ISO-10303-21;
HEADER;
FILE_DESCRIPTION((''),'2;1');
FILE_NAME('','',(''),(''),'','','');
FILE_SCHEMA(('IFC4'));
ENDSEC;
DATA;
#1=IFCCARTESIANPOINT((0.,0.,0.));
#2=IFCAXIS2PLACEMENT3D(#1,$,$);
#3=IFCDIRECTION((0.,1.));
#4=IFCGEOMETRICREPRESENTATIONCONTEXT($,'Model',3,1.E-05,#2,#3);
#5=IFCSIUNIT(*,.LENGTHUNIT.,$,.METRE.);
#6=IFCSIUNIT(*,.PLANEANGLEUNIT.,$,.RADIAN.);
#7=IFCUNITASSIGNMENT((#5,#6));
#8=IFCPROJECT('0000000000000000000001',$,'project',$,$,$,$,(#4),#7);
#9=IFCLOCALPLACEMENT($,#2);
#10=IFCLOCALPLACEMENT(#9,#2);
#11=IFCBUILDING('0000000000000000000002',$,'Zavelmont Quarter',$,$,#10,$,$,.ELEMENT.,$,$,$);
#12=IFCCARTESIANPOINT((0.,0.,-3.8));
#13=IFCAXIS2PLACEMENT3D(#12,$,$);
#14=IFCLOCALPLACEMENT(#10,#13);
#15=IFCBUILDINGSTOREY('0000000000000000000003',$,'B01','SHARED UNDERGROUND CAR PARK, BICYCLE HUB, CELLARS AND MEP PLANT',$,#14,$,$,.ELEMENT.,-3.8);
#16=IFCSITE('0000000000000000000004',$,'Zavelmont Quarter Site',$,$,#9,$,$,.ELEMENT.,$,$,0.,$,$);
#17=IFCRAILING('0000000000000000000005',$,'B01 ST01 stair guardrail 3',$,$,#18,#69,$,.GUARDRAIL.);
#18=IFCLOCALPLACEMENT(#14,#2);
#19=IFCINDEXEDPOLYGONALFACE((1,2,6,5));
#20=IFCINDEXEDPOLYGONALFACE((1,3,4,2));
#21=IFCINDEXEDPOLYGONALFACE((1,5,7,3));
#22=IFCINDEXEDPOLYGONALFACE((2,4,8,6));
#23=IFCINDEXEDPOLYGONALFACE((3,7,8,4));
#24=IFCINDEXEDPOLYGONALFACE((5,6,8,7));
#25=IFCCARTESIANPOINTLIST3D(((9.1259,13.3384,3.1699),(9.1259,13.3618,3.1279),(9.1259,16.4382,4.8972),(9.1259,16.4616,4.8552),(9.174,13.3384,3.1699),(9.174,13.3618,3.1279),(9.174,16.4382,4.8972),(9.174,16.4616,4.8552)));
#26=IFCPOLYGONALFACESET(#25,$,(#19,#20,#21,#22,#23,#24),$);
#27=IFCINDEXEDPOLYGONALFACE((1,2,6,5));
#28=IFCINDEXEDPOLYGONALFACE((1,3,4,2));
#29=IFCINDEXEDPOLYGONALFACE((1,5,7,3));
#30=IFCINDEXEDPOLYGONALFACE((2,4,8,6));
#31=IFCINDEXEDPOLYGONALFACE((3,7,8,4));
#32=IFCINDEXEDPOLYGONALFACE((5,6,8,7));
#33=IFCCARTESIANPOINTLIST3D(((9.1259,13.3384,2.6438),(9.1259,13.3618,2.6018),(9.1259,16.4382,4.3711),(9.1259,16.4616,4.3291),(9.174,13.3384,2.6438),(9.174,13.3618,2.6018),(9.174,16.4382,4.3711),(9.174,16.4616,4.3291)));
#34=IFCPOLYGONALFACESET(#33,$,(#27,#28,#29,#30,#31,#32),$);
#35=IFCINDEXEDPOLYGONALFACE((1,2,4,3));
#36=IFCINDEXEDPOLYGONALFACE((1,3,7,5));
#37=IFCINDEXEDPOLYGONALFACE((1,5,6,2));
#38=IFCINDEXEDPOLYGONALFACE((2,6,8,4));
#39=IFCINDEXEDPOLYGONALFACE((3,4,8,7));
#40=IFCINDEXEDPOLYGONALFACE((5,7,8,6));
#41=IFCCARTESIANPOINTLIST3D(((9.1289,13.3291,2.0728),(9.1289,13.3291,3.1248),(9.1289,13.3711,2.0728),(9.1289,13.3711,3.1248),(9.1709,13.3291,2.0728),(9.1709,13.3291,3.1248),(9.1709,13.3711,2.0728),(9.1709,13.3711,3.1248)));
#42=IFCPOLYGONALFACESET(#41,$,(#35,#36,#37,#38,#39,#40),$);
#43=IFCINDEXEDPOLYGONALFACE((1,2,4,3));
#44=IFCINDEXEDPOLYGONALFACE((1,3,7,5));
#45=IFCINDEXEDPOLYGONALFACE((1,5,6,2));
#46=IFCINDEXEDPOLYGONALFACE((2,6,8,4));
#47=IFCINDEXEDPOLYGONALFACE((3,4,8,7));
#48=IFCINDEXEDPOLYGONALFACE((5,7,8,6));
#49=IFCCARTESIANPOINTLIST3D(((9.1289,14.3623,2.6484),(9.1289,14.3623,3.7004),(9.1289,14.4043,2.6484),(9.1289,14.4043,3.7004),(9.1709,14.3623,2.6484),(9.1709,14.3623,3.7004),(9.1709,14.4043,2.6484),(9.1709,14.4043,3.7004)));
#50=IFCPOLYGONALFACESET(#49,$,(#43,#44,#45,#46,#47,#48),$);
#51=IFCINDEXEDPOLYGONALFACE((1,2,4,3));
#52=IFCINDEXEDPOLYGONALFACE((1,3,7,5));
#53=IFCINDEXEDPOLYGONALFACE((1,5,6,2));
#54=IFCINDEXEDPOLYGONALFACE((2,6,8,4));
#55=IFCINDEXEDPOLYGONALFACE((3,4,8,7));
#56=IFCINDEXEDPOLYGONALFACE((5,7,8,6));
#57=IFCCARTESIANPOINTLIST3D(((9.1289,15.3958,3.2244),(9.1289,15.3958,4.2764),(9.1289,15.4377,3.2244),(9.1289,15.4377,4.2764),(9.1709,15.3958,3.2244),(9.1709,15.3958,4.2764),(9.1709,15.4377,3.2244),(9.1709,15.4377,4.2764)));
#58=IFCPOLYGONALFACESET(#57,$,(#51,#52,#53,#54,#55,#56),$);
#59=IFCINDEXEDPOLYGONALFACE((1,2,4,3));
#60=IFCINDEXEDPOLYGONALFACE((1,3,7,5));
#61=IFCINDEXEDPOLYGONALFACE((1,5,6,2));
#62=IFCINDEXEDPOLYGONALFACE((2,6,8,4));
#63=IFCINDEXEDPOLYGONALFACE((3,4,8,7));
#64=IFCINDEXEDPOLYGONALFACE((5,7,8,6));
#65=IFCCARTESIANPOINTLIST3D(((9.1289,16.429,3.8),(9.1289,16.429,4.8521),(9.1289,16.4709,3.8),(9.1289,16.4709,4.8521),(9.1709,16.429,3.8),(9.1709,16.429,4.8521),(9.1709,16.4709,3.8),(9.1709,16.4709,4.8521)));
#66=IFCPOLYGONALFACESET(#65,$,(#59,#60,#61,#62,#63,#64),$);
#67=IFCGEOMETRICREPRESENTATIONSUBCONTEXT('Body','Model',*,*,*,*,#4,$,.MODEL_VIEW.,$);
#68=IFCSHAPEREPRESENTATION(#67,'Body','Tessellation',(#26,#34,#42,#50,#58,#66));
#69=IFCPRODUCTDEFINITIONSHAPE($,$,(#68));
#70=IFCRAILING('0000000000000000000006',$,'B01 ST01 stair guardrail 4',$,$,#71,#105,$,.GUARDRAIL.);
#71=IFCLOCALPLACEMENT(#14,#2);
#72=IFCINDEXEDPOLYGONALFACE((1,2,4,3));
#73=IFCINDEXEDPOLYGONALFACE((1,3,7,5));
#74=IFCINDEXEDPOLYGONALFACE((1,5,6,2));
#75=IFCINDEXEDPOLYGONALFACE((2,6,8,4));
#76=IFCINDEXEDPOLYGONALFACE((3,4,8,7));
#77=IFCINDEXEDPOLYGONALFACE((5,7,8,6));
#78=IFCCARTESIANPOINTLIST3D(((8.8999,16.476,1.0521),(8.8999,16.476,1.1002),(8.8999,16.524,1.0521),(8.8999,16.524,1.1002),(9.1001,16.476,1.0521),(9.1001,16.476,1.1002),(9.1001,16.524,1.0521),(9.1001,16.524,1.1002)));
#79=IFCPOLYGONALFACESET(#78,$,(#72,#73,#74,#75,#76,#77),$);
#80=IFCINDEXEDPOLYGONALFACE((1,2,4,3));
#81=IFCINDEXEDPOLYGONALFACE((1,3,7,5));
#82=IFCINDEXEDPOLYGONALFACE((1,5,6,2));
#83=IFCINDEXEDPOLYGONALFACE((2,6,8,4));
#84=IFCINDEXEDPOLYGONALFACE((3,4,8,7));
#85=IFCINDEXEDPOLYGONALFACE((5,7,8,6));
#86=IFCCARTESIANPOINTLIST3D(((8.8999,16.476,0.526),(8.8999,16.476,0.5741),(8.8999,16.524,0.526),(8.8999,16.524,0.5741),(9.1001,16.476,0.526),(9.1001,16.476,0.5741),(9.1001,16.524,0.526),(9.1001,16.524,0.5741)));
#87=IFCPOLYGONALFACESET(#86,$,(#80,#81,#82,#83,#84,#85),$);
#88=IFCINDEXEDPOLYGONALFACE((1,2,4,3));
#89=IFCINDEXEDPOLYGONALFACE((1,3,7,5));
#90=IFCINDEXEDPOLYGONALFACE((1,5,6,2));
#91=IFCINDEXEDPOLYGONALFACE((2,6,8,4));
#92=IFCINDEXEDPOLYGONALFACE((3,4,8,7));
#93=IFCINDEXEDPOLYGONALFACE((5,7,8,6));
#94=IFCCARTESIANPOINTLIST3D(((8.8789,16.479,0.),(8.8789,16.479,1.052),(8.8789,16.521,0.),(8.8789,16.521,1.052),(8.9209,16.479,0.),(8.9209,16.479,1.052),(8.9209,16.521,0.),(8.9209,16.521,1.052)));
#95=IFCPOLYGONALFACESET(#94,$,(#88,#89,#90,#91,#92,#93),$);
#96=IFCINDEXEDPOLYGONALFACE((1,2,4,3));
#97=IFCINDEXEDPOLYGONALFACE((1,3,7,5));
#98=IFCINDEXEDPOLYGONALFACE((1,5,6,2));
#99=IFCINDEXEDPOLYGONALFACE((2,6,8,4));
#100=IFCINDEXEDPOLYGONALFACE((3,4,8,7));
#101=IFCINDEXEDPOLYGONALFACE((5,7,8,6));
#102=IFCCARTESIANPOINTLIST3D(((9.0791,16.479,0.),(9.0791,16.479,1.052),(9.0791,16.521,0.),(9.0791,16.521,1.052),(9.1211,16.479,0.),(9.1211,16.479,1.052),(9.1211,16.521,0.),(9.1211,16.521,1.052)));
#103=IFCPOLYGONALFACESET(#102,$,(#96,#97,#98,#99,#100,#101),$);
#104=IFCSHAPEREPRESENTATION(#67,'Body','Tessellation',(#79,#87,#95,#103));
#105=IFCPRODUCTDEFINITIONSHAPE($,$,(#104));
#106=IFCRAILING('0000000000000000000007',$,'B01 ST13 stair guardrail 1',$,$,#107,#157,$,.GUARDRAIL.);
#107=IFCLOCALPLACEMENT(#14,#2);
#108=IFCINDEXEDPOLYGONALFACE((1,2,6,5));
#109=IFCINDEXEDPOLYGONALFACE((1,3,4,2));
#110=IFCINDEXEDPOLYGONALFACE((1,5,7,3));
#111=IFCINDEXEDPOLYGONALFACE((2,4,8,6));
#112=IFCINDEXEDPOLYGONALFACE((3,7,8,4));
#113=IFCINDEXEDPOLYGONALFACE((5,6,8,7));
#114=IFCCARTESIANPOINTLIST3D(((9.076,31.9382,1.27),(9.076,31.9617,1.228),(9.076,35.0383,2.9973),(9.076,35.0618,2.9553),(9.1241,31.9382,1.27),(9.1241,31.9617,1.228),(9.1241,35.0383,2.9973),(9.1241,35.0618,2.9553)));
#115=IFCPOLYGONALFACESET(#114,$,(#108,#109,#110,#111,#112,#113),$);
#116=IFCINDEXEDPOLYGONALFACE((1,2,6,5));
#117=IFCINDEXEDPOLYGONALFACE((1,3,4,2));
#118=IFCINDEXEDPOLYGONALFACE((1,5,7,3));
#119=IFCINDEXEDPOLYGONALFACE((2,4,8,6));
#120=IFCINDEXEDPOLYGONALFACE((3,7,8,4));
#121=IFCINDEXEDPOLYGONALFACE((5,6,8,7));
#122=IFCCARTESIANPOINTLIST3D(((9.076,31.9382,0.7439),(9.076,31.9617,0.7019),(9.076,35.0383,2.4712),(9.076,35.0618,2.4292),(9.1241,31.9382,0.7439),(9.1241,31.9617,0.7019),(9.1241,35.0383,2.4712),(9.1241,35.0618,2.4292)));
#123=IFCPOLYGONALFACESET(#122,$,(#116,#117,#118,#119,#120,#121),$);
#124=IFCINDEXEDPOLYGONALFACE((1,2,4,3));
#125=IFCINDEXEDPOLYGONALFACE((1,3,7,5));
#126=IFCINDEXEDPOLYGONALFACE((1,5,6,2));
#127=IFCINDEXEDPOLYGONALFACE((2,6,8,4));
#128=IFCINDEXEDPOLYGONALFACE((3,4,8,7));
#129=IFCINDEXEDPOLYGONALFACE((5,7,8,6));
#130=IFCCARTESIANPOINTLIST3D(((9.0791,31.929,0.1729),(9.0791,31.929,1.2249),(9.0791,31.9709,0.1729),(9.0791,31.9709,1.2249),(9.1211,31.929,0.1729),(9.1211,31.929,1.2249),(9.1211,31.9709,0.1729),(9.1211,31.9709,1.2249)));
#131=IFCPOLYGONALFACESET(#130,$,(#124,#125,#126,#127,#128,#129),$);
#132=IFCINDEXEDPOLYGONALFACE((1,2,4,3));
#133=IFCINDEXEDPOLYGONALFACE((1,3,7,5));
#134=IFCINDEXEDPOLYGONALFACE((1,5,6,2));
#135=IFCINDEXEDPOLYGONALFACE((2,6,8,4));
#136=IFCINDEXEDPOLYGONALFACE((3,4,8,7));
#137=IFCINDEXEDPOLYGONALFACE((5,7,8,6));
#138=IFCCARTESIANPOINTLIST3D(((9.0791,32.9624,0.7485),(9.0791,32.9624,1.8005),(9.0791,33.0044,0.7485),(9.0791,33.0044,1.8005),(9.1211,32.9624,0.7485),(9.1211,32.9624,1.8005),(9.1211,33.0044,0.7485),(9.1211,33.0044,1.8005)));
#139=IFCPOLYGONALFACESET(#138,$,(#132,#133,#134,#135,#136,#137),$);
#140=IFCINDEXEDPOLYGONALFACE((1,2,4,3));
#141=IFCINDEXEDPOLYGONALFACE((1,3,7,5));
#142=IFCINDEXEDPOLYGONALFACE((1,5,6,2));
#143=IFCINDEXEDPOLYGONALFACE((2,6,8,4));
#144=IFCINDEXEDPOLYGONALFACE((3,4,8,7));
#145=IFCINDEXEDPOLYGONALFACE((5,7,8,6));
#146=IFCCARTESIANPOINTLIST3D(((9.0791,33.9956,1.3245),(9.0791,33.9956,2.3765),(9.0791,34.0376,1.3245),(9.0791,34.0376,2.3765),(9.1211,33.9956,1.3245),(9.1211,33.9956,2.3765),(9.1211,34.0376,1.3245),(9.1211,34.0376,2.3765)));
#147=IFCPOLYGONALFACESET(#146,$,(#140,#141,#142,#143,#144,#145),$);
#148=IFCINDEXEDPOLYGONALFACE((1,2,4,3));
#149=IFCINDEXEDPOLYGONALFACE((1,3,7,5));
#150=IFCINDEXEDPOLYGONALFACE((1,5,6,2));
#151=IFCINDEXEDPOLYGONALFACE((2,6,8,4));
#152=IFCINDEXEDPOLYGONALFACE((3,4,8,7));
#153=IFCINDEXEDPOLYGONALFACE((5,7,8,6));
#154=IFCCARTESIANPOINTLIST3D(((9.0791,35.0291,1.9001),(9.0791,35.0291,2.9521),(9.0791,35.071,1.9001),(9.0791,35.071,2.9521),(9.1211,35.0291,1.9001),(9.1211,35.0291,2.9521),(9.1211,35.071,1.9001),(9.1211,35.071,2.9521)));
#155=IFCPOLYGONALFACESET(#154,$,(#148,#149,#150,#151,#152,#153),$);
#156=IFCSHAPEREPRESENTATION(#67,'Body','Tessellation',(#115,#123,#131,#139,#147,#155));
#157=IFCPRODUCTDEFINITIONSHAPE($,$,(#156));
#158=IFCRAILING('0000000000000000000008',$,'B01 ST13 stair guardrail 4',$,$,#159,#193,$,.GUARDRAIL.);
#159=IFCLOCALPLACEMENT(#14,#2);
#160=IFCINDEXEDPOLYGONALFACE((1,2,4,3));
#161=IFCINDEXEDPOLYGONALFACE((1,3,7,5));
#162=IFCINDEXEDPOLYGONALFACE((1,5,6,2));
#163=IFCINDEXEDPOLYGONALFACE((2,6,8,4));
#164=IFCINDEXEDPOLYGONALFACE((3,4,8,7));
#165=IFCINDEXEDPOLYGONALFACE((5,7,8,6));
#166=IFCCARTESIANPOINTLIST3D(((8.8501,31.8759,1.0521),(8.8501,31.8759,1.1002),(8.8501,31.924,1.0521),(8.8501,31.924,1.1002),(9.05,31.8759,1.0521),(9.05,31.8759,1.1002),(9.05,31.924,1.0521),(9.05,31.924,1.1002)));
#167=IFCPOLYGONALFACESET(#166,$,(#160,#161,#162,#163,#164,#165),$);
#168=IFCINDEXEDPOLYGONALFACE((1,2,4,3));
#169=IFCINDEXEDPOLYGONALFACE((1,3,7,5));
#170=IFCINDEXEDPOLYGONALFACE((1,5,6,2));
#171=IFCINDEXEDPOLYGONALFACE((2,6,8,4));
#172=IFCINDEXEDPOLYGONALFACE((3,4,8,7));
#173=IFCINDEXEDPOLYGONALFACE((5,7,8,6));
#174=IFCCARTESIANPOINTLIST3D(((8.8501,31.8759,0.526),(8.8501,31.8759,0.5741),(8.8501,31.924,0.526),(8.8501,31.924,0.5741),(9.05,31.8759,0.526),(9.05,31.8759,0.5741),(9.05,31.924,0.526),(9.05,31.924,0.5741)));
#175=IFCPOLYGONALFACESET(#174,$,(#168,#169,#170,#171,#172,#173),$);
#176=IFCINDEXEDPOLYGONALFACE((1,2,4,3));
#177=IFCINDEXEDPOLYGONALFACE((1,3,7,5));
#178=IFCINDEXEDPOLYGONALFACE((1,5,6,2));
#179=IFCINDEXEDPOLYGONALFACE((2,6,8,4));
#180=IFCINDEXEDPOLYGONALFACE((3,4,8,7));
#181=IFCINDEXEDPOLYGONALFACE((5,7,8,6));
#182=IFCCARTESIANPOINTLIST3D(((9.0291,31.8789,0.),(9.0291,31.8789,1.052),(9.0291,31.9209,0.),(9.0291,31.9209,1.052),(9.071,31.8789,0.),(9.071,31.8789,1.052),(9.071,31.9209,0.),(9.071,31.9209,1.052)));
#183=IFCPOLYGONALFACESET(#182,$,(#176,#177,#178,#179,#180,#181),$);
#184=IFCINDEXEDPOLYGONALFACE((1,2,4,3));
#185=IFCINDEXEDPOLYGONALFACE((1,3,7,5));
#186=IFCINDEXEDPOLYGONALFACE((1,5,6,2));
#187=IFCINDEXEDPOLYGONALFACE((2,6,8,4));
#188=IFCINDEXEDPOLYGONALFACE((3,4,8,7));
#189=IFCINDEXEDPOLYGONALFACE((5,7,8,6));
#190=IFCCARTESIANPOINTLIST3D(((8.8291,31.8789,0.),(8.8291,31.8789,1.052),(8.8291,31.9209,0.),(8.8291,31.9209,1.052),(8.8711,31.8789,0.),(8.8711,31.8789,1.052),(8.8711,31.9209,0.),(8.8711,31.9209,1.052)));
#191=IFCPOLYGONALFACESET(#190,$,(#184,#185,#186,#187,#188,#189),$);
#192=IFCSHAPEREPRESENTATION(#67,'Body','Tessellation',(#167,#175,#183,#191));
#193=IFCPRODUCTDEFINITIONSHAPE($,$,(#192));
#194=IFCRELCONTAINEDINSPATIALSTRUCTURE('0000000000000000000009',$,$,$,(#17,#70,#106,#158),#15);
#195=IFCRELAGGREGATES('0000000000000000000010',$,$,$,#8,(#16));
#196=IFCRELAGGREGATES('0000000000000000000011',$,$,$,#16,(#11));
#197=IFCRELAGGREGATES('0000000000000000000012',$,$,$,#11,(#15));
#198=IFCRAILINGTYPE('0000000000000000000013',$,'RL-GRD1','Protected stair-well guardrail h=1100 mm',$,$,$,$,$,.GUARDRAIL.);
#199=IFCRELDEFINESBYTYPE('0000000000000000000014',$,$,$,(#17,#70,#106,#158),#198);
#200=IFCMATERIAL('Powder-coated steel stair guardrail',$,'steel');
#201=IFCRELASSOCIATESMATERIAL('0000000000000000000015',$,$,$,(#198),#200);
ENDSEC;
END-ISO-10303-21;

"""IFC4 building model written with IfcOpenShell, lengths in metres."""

from ifc_helpers import new_model, si_unit, direction, frame, origin, origin_2d, place, context, subcontext, project, spatial, rectangle, extrude, material, type_object, element, save


model = new_model("IFC4")

# Units and contexts
model_context = context("Model", 3, precision=1e-05, world=origin(), true_north=direction((0.0, 1.0)))
body_context = subcontext(model_context, "Body", "Model", "MODEL_VIEW")
ifc_project = project(units=[si_unit("LENGTHUNIT", "METRE"), si_unit("PLANEANGLEUNIT", "RADIAN")], contexts=[model_context])

# Site, building, storey
site_placement = place(None, origin())
site = spatial("IfcSite", under=ifc_project, at=site_placement, Name="Zavelmont Quarter Site", CompositionType="ELEMENT", RefElevation=0.0)
building_placement = place(site_placement, origin())
building = spatial("IfcBuilding", under=site, at=building_placement, Name="Zavelmont Quarter", CompositionType="ELEMENT")
storey_placement = place(building_placement, frame((0.0, 0.0, -3.8)))
storey = spatial("IfcBuildingStorey", under=building, at=storey_placement, Name="B01", Description="SHARED UNDERGROUND CAR PARK, BICYCLE HUB, CELLARS AND MEP PLANT", CompositionType="ELEMENT", Elevation=-3.8)

# Railings
ifc_material_1 = material(Name="Powder-coated steel stair guardrail", Category="steel")
railing_type_1 = type_object("IfcRailingType", Name="RL-GRD1", Description="Protected stair-well guardrail h=1100 mm", PredefinedType="GUARDRAIL", material=ifc_material_1)
railing_1_placement = place(storey_placement, frame((9.1499, 13.3501, 2.0728)))
element("IfcRailing", 1, at=railing_1_placement, inside=storey, type_object=railing_type_1, Name="B01 ST01 stair guardrail 3", PredefinedType="GUARDRAIL", context=body_context, shape_type="SweptSolid", body=[
    extrude(rectangle(XDim=0.0481, YDim=0.0481, at=origin_2d()), frame((0.0, 0.0, 1.0762), z_axis=(0.0, 0.87354, 0.486752), x_axis=(-1.0, 0.0, 0.0)), (0.0, 0.0, 1.0), 3.5486),
    extrude(rectangle(XDim=0.0481, YDim=0.0481, at=origin_2d()), frame((0.0, 0.0, 0.55), z_axis=(0.0, 0.87354, 0.486752), x_axis=(-1.0, 0.0, 0.0)), (0.0, 0.0, 1.0), 3.5486),
    extrude(rectangle(XDim=0.042, YDim=0.042, at=origin_2d()), origin(), (0.0, 0.0, 1.0), 1.052),
    extrude(rectangle(XDim=0.042, YDim=0.042, at=origin_2d()), frame((0.0, 1.0332, 0.5757)), (0.0, 0.0, 1.0), 1.052),
    extrude(rectangle(XDim=0.042, YDim=0.042, at=origin_2d()), frame((0.0, 2.0667, 1.1516)), (0.0, 0.0, 1.0), 1.052),
    extrude(rectangle(XDim=0.042, YDim=0.042, at=origin_2d()), frame((0.0, 3.0999, 1.7273)), (0.0, 0.0, 1.0), 1.052),
])
railing_2_placement = place(storey_placement, frame((8.8999, 16.5, 0.0)))
element("IfcRailing", 2, at=railing_2_placement, inside=storey, type_object=railing_type_1, Name="B01 ST01 stair guardrail 4", PredefinedType="GUARDRAIL", context=body_context, shape_type="SweptSolid", body=[
    extrude(rectangle(XDim=0.0481, YDim=0.0481, at=origin_2d()), frame((0.0, 0.0, 1.0762), z_axis=(1.0, 0.0, 0.0), x_axis=(0.0, 1.0, 0.0)), (0.0, 0.0, 1.0), 0.2002),
    extrude(rectangle(XDim=0.0481, YDim=0.0481, at=origin_2d()), frame((0.0, 0.0, 0.55), z_axis=(1.0, 0.0, 0.0), x_axis=(0.0, 1.0, 0.0)), (0.0, 0.0, 1.0), 0.2002),
    extrude(rectangle(XDim=0.042, YDim=0.042, at=origin_2d()), origin(), (0.0, 0.0, 1.0), 1.052),
    extrude(rectangle(XDim=0.042, YDim=0.042, at=origin_2d()), frame((0.2002, 0.0, 0.0)), (0.0, 0.0, 1.0), 1.052),
])
railing_3_placement = place(storey_placement, frame((9.1001, 31.95, 0.1729)))
element("IfcRailing", 3, at=railing_3_placement, inside=storey, type_object=railing_type_1, Name="B01 ST13 stair guardrail 1", PredefinedType="GUARDRAIL", context=body_context, shape_type="SweptSolid", body=[
    extrude(rectangle(XDim=0.0481, YDim=0.0481, at=origin_2d()), frame((0.0, 0.0, 1.0762), z_axis=(0.0, 0.873556, 0.486723), x_axis=(-1.0, 0.0, 0.0)), (0.0, 0.0, 1.0), 3.5488),
    extrude(rectangle(XDim=0.0481, YDim=0.0481, at=origin_2d()), frame((0.0, 0.0, 0.55), z_axis=(0.0, 0.873556, 0.486723), x_axis=(-1.0, 0.0, 0.0)), (0.0, 0.0, 1.0), 3.5488),
    extrude(rectangle(XDim=0.042, YDim=0.042, at=origin_2d()), origin(), (0.0, 0.0, 1.0), 1.052),
    extrude(rectangle(XDim=0.042, YDim=0.042, at=origin_2d()), frame((0.0, 1.0334, 0.5757)), (0.0, 0.0, 1.0), 1.052),
    extrude(rectangle(XDim=0.042, YDim=0.042, at=origin_2d()), frame((0.0, 2.0667, 1.1516)), (0.0, 0.0, 1.0), 1.052),
    extrude(rectangle(XDim=0.042, YDim=0.042, at=origin_2d()), frame((0.0, 3.1001, 1.7273)), (0.0, 0.0, 1.0), 1.052),
])
railing_4_placement = place(storey_placement, frame((9.05, 31.8999, 0.0)))
element("IfcRailing", 4, at=railing_4_placement, inside=storey, type_object=railing_type_1, Name="B01 ST13 stair guardrail 4", PredefinedType="GUARDRAIL", context=body_context, shape_type="SweptSolid", body=[
    extrude(rectangle(XDim=0.0481, YDim=0.0481, at=origin_2d()), frame((0.0, 0.0, 1.0762), z_axis=(-1.0, 0.0, 0.0), x_axis=(0.0, -1.0, 0.0)), (0.0, 0.0, 1.0), 0.2),
    extrude(rectangle(XDim=0.0481, YDim=0.0481, at=origin_2d()), frame((0.0, 0.0, 0.55), z_axis=(-1.0, 0.0, 0.0), x_axis=(0.0, -1.0, 0.0)), (0.0, 0.0, 1.0), 0.2),
    extrude(rectangle(XDim=0.042, YDim=0.042, at=origin_2d()), origin(), (0.0, 0.0, 1.0), 1.052),
    extrude(rectangle(XDim=0.042, YDim=0.042, at=origin_2d()), frame((-0.2, 0.0, 0.0)), (0.0, 0.0, 1.0), 1.052),
])

save(model, "model.ifc")
